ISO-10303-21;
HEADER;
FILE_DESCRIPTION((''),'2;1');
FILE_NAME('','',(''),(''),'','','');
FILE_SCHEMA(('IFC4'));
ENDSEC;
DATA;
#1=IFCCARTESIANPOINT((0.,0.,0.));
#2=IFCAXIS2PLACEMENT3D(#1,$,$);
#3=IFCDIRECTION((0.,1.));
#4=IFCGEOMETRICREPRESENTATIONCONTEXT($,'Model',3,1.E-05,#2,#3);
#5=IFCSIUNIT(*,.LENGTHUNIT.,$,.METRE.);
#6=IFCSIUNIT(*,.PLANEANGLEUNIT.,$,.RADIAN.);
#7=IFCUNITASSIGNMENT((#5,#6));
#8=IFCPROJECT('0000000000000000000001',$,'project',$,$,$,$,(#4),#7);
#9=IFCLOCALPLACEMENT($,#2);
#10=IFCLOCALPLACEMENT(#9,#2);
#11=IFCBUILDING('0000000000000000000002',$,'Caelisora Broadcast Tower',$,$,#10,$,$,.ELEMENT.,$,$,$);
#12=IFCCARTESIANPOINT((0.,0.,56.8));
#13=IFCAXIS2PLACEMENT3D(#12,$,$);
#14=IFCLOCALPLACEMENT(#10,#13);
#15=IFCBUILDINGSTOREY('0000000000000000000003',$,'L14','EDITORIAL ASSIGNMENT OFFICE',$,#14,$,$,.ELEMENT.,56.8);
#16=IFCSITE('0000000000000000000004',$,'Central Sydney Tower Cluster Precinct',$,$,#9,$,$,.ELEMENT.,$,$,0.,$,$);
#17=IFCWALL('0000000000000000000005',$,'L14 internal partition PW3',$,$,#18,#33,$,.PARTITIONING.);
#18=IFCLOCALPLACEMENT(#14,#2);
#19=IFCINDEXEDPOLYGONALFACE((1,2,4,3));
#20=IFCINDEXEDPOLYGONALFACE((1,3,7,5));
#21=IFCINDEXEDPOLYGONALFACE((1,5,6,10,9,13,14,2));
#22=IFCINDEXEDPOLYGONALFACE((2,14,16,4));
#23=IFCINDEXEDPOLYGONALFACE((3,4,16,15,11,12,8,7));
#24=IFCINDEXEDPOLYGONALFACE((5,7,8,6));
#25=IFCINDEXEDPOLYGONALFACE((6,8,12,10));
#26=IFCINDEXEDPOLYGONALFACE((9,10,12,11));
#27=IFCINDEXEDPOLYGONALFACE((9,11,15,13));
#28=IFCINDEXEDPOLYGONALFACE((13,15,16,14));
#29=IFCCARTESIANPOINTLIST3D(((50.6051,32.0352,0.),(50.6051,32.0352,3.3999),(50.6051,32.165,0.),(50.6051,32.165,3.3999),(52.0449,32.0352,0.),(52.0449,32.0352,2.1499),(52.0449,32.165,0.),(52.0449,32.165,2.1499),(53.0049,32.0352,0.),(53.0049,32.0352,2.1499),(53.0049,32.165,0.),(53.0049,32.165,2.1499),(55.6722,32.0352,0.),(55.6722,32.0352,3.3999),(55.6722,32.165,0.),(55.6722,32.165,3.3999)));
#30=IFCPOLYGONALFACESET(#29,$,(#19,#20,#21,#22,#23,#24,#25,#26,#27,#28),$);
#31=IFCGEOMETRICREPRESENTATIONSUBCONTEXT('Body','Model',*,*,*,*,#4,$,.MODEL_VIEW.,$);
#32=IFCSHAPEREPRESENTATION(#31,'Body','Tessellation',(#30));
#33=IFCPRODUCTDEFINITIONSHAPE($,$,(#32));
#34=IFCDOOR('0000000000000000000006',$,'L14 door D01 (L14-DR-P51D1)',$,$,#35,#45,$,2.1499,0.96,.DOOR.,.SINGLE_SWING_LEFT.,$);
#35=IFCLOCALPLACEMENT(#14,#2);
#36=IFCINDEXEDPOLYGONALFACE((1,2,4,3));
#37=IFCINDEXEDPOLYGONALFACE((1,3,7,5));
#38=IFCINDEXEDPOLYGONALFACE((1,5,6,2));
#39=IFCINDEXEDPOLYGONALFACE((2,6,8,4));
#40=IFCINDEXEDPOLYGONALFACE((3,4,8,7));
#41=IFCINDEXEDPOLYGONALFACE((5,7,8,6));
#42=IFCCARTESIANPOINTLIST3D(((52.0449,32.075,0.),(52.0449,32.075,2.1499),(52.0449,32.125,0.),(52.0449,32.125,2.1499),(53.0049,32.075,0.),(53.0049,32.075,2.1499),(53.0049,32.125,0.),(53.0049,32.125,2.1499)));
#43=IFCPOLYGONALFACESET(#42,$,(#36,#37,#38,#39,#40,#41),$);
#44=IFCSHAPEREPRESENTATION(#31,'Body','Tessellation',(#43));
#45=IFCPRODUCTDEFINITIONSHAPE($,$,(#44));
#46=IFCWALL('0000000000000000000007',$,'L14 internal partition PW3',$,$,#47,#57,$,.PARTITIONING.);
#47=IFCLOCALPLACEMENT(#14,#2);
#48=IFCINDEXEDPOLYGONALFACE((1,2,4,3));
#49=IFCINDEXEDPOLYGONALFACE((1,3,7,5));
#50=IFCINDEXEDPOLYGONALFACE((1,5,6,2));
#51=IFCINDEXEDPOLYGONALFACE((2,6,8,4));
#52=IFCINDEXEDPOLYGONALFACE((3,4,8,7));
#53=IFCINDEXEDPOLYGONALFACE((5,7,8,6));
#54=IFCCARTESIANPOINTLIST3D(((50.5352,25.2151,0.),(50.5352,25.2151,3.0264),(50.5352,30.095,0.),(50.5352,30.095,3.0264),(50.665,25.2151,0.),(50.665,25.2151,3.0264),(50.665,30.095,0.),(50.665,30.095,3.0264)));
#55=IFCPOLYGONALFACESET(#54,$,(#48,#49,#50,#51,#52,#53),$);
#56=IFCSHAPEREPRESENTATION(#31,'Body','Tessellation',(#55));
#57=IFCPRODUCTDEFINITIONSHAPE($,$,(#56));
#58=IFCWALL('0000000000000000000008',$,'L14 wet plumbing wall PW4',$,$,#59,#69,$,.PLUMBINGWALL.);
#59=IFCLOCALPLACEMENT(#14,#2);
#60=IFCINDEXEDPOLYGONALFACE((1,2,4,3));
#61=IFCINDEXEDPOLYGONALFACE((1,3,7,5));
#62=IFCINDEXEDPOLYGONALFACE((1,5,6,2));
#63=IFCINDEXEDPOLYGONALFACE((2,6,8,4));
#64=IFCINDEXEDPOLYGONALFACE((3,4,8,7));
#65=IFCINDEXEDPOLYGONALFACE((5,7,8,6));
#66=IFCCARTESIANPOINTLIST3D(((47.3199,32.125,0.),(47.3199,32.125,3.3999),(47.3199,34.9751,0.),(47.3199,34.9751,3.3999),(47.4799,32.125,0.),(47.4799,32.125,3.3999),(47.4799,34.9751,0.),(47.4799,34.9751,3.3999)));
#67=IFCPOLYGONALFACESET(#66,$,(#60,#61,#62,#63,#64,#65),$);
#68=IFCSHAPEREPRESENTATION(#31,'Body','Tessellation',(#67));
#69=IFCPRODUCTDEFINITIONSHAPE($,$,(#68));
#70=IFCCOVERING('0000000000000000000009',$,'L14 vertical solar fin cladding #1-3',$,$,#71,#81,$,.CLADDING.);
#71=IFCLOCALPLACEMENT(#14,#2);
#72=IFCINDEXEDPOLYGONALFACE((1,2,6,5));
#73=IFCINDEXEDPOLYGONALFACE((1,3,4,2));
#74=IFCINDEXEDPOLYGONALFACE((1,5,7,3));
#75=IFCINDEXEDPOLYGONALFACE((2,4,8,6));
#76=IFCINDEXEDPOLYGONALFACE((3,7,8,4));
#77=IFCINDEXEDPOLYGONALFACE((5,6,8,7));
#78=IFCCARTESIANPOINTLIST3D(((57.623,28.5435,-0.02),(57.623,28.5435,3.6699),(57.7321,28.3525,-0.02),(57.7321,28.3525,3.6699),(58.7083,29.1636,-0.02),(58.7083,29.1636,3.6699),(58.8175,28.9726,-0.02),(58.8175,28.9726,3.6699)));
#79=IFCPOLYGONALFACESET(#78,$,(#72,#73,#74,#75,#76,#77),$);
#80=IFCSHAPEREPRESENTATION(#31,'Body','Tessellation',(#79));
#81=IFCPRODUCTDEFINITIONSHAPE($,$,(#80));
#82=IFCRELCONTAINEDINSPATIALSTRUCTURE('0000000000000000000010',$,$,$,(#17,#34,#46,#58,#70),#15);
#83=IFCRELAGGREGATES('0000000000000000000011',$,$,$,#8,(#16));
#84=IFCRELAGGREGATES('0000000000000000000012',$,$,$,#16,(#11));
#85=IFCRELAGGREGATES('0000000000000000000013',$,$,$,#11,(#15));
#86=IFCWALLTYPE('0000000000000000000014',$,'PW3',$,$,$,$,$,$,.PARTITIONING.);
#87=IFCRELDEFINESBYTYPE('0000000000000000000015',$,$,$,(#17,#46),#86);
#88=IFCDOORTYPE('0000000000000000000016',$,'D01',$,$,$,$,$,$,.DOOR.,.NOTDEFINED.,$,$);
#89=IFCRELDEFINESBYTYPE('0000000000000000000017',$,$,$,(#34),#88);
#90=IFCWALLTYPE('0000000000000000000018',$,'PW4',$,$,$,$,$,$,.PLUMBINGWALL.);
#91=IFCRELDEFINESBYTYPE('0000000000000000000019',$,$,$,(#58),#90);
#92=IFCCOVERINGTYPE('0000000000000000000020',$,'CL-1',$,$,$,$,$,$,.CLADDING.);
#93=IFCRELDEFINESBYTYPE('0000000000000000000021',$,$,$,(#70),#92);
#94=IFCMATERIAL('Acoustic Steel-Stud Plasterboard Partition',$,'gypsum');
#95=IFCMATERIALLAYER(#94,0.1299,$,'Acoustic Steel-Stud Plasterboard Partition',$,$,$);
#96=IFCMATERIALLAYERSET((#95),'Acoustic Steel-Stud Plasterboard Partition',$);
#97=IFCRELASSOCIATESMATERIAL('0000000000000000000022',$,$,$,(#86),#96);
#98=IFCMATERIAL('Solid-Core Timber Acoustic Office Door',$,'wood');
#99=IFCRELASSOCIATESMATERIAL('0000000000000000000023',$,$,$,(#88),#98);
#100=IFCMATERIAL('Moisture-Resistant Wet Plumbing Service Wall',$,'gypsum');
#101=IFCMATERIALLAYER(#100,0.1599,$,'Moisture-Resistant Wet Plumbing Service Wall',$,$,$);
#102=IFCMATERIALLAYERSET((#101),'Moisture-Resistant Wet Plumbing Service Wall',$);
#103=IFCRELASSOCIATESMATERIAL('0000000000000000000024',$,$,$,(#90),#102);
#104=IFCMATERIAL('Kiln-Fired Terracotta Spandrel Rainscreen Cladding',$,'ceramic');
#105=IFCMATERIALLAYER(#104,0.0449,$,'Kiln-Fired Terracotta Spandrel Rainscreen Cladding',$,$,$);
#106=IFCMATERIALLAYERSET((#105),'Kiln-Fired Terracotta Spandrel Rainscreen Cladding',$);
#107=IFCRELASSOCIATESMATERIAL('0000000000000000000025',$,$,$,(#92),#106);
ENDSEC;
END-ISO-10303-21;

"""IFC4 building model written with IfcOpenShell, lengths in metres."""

from ifc_helpers import new_model, si_unit, direction, frame, frame_2d, origin, origin_2d, place, context, subcontext, project, spatial, rectangle, extrude, source, transform, mapped, material, layer, layer_set, type_object, type_shapes, element, fill, save


model = new_model("IFC4")

# Units and contexts
model_context = context("Model", 3, precision=1e-05, world=origin(), true_north=direction((0.0, 1.0)))
body_context = subcontext(model_context, "Body", "Model", "MODEL_VIEW")
ifc_project = project(units=[si_unit("LENGTHUNIT", "METRE"), si_unit("PLANEANGLEUNIT", "RADIAN")], contexts=[model_context])

# Site, building, storey
site_placement = place(None, origin())
site = spatial("IfcSite", under=ifc_project, at=site_placement, Name="Central Sydney Tower Cluster Precinct", CompositionType="ELEMENT", RefElevation=0.0)
building_placement = place(site_placement, origin())
building = spatial("IfcBuilding", under=site, at=building_placement, Name="Caelisora Broadcast Tower", CompositionType="ELEMENT")
storey_placement = place(building_placement, frame((0.0, 0.0, 56.8)))
storey = spatial("IfcBuildingStorey", under=building, at=storey_placement, Name="L14", Description="EDITORIAL ASSIGNMENT OFFICE", CompositionType="ELEMENT", Elevation=56.8)

# Wall, opening, door
ifc_material_1 = material(Name="Acoustic Steel-Stud Plasterboard Partition", Category="gypsum")
ifc_layer_1 = layer(ifc_material_1, 0.1299, Name="Acoustic Steel-Stud Plasterboard Partition")
ifc_layer_set_1 = layer_set([ifc_layer_1], Name="Acoustic Steel-Stud Plasterboard Partition")
wall_type_1 = type_object("IfcWallType", Name="PW3", PredefinedType="PARTITIONING", material=ifc_layer_set_1)
ifc_material_2 = material(Name="Solid-Core Timber Acoustic Office Door", Category="wood")
door_type = type_object("IfcDoorType", Name="D01", OperationType="NOTDEFINED", PredefinedType="DOOR", material=ifc_material_2)
wall_1_placement = place(storey_placement, frame((50.605, 32.1001, 0.0), z_axis=(0.0, 0.0, 1.0), x_axis=(1.0, 0.0, 0.0)))
wall_1 = element("IfcWall", 1, at=wall_1_placement, inside=storey, type_object=wall_type_1, Name="L14 internal partition PW3", PredefinedType="PARTITIONING", context=body_context, shape_type="SweptSolid", body=[
    extrude(rectangle(XDim=5.0671, YDim=0.1299, at=frame_2d((2.5337, 0.0))), origin(), (0.0, 0.0, 1.0), 3.3999),
])
opening_1_placement = place(wall_1_placement, frame((1.4399, 0.0, 0.0)))
opening_1 = element("IfcOpeningElement", 2, at=opening_1_placement, cuts=wall_1, PredefinedType="OPENING", context=body_context, shape_type="SweptSolid", body=[
    extrude(rectangle(XDim=0.96, YDim=2.1499, at=frame_2d((0.48, 1.075))), frame((0.0, 0.0769, 0.0), z_axis=(0.0, -1.0, 0.0), x_axis=(1.0, 0.0, 0.0)), (0.0, 0.0, 1.0), 0.1538),
])
door_1_placement = place(opening_1_placement, origin())
door_1 = element("IfcDoor", 3, at=door_1_placement, inside=storey, type_object=door_type, Name="L14 door D01 (L14-DR-P51D1)", OperationType="SINGLE_SWING_LEFT", OverallHeight=2.1499, OverallWidth=0.96, PredefinedType="DOOR", context=body_context, shape_type="SweptSolid", body=[
    extrude(rectangle(XDim=0.96, YDim=2.1499, at=frame_2d((0.48, 1.075))), frame((0.0, 0.0249, 0.0), z_axis=(0.0, -1.0, 0.0), x_axis=(1.0, 0.0, 0.0)), (0.0, 0.0, 1.0), 0.05),
])
fill(opening_1, door_1)

# Walls
wall_2_placement = place(storey_placement, frame((50.6001, 25.2151, 0.0), z_axis=(0.0, 0.0, 1.0), x_axis=(0.0, 1.0, 0.0)))
element("IfcWall", 4, at=wall_2_placement, inside=storey, type_object=wall_type_1, Name="L14 internal partition PW3", PredefinedType="PARTITIONING", context=body_context, shape_type="SweptSolid", body=[
    extrude(rectangle(XDim=4.8799, YDim=0.1299, at=frame_2d((2.4399, 0.0))), origin(), (0.0, 0.0, 1.0), 3.0264),
])
ifc_material_3 = material(Name="Moisture-Resistant Wet Plumbing Service Wall", Category="gypsum")
ifc_layer_2 = layer(ifc_material_3, 0.1599, Name="Moisture-Resistant Wet Plumbing Service Wall")
ifc_layer_set_2 = layer_set([ifc_layer_2], Name="Moisture-Resistant Wet Plumbing Service Wall")
wall_type_2 = type_object("IfcWallType", Name="PW4", PredefinedType="PLUMBINGWALL", material=ifc_layer_set_2)
wall_3_placement = place(storey_placement, frame((47.3999, 32.125, 0.0), z_axis=(0.0, 0.0, 1.0), x_axis=(0.0, 1.0, 0.0)))
element("IfcWall", 5, at=wall_3_placement, inside=storey, type_object=wall_type_2, Name="L14 wet plumbing wall PW4", PredefinedType="PLUMBINGWALL", context=body_context, shape_type="SweptSolid", body=[
    extrude(rectangle(XDim=2.8501, YDim=0.1599, at=frame_2d((1.425, 0.0))), origin(), (0.0, 0.0, 1.0), 3.3999),
])

# Covering
ifc_material_4 = material(Name="Kiln-Fired Terracotta Spandrel Rainscreen Cladding", Category="ceramic")
ifc_layer_3 = layer(ifc_material_4, 0.0449, Name="Kiln-Fired Terracotta Spandrel Rainscreen Cladding")
ifc_layer_set_3 = layer_set([ifc_layer_3], Name="Kiln-Fired Terracotta Spandrel Rainscreen Cladding")
covering_type = type_object("IfcCoveringType", Name="CL-1", PredefinedType="CLADDING", material=ifc_layer_set_3)
shared_shape_1 = source(origin(), body_context, "Body", "SweptSolid", [
    extrude(rectangle(XDim=0.22, YDim=1.25, at=origin_2d()), origin(), (0.0, 0.0, 1.0), 3.6899),
])
type_shapes(covering_type, [shared_shape_1])
covering_placement = place(storey_placement, frame((58.2202, 28.7581, -0.02), z_axis=(0.0, 0.0, 1.0), x_axis=(0.496065, -0.868285, 0.0)))
element("IfcCovering", 6, at=covering_placement, inside=storey, type_object=covering_type, Name="L14 vertical solar fin cladding #1-3", PredefinedType="CLADDING", context=body_context, shape_type="MappedRepresentation", body=[
    mapped(shared_shape_1, transform((0.0, 0.0, 0.0), scale=1.0)),
])

save(model, "model.ifc")
